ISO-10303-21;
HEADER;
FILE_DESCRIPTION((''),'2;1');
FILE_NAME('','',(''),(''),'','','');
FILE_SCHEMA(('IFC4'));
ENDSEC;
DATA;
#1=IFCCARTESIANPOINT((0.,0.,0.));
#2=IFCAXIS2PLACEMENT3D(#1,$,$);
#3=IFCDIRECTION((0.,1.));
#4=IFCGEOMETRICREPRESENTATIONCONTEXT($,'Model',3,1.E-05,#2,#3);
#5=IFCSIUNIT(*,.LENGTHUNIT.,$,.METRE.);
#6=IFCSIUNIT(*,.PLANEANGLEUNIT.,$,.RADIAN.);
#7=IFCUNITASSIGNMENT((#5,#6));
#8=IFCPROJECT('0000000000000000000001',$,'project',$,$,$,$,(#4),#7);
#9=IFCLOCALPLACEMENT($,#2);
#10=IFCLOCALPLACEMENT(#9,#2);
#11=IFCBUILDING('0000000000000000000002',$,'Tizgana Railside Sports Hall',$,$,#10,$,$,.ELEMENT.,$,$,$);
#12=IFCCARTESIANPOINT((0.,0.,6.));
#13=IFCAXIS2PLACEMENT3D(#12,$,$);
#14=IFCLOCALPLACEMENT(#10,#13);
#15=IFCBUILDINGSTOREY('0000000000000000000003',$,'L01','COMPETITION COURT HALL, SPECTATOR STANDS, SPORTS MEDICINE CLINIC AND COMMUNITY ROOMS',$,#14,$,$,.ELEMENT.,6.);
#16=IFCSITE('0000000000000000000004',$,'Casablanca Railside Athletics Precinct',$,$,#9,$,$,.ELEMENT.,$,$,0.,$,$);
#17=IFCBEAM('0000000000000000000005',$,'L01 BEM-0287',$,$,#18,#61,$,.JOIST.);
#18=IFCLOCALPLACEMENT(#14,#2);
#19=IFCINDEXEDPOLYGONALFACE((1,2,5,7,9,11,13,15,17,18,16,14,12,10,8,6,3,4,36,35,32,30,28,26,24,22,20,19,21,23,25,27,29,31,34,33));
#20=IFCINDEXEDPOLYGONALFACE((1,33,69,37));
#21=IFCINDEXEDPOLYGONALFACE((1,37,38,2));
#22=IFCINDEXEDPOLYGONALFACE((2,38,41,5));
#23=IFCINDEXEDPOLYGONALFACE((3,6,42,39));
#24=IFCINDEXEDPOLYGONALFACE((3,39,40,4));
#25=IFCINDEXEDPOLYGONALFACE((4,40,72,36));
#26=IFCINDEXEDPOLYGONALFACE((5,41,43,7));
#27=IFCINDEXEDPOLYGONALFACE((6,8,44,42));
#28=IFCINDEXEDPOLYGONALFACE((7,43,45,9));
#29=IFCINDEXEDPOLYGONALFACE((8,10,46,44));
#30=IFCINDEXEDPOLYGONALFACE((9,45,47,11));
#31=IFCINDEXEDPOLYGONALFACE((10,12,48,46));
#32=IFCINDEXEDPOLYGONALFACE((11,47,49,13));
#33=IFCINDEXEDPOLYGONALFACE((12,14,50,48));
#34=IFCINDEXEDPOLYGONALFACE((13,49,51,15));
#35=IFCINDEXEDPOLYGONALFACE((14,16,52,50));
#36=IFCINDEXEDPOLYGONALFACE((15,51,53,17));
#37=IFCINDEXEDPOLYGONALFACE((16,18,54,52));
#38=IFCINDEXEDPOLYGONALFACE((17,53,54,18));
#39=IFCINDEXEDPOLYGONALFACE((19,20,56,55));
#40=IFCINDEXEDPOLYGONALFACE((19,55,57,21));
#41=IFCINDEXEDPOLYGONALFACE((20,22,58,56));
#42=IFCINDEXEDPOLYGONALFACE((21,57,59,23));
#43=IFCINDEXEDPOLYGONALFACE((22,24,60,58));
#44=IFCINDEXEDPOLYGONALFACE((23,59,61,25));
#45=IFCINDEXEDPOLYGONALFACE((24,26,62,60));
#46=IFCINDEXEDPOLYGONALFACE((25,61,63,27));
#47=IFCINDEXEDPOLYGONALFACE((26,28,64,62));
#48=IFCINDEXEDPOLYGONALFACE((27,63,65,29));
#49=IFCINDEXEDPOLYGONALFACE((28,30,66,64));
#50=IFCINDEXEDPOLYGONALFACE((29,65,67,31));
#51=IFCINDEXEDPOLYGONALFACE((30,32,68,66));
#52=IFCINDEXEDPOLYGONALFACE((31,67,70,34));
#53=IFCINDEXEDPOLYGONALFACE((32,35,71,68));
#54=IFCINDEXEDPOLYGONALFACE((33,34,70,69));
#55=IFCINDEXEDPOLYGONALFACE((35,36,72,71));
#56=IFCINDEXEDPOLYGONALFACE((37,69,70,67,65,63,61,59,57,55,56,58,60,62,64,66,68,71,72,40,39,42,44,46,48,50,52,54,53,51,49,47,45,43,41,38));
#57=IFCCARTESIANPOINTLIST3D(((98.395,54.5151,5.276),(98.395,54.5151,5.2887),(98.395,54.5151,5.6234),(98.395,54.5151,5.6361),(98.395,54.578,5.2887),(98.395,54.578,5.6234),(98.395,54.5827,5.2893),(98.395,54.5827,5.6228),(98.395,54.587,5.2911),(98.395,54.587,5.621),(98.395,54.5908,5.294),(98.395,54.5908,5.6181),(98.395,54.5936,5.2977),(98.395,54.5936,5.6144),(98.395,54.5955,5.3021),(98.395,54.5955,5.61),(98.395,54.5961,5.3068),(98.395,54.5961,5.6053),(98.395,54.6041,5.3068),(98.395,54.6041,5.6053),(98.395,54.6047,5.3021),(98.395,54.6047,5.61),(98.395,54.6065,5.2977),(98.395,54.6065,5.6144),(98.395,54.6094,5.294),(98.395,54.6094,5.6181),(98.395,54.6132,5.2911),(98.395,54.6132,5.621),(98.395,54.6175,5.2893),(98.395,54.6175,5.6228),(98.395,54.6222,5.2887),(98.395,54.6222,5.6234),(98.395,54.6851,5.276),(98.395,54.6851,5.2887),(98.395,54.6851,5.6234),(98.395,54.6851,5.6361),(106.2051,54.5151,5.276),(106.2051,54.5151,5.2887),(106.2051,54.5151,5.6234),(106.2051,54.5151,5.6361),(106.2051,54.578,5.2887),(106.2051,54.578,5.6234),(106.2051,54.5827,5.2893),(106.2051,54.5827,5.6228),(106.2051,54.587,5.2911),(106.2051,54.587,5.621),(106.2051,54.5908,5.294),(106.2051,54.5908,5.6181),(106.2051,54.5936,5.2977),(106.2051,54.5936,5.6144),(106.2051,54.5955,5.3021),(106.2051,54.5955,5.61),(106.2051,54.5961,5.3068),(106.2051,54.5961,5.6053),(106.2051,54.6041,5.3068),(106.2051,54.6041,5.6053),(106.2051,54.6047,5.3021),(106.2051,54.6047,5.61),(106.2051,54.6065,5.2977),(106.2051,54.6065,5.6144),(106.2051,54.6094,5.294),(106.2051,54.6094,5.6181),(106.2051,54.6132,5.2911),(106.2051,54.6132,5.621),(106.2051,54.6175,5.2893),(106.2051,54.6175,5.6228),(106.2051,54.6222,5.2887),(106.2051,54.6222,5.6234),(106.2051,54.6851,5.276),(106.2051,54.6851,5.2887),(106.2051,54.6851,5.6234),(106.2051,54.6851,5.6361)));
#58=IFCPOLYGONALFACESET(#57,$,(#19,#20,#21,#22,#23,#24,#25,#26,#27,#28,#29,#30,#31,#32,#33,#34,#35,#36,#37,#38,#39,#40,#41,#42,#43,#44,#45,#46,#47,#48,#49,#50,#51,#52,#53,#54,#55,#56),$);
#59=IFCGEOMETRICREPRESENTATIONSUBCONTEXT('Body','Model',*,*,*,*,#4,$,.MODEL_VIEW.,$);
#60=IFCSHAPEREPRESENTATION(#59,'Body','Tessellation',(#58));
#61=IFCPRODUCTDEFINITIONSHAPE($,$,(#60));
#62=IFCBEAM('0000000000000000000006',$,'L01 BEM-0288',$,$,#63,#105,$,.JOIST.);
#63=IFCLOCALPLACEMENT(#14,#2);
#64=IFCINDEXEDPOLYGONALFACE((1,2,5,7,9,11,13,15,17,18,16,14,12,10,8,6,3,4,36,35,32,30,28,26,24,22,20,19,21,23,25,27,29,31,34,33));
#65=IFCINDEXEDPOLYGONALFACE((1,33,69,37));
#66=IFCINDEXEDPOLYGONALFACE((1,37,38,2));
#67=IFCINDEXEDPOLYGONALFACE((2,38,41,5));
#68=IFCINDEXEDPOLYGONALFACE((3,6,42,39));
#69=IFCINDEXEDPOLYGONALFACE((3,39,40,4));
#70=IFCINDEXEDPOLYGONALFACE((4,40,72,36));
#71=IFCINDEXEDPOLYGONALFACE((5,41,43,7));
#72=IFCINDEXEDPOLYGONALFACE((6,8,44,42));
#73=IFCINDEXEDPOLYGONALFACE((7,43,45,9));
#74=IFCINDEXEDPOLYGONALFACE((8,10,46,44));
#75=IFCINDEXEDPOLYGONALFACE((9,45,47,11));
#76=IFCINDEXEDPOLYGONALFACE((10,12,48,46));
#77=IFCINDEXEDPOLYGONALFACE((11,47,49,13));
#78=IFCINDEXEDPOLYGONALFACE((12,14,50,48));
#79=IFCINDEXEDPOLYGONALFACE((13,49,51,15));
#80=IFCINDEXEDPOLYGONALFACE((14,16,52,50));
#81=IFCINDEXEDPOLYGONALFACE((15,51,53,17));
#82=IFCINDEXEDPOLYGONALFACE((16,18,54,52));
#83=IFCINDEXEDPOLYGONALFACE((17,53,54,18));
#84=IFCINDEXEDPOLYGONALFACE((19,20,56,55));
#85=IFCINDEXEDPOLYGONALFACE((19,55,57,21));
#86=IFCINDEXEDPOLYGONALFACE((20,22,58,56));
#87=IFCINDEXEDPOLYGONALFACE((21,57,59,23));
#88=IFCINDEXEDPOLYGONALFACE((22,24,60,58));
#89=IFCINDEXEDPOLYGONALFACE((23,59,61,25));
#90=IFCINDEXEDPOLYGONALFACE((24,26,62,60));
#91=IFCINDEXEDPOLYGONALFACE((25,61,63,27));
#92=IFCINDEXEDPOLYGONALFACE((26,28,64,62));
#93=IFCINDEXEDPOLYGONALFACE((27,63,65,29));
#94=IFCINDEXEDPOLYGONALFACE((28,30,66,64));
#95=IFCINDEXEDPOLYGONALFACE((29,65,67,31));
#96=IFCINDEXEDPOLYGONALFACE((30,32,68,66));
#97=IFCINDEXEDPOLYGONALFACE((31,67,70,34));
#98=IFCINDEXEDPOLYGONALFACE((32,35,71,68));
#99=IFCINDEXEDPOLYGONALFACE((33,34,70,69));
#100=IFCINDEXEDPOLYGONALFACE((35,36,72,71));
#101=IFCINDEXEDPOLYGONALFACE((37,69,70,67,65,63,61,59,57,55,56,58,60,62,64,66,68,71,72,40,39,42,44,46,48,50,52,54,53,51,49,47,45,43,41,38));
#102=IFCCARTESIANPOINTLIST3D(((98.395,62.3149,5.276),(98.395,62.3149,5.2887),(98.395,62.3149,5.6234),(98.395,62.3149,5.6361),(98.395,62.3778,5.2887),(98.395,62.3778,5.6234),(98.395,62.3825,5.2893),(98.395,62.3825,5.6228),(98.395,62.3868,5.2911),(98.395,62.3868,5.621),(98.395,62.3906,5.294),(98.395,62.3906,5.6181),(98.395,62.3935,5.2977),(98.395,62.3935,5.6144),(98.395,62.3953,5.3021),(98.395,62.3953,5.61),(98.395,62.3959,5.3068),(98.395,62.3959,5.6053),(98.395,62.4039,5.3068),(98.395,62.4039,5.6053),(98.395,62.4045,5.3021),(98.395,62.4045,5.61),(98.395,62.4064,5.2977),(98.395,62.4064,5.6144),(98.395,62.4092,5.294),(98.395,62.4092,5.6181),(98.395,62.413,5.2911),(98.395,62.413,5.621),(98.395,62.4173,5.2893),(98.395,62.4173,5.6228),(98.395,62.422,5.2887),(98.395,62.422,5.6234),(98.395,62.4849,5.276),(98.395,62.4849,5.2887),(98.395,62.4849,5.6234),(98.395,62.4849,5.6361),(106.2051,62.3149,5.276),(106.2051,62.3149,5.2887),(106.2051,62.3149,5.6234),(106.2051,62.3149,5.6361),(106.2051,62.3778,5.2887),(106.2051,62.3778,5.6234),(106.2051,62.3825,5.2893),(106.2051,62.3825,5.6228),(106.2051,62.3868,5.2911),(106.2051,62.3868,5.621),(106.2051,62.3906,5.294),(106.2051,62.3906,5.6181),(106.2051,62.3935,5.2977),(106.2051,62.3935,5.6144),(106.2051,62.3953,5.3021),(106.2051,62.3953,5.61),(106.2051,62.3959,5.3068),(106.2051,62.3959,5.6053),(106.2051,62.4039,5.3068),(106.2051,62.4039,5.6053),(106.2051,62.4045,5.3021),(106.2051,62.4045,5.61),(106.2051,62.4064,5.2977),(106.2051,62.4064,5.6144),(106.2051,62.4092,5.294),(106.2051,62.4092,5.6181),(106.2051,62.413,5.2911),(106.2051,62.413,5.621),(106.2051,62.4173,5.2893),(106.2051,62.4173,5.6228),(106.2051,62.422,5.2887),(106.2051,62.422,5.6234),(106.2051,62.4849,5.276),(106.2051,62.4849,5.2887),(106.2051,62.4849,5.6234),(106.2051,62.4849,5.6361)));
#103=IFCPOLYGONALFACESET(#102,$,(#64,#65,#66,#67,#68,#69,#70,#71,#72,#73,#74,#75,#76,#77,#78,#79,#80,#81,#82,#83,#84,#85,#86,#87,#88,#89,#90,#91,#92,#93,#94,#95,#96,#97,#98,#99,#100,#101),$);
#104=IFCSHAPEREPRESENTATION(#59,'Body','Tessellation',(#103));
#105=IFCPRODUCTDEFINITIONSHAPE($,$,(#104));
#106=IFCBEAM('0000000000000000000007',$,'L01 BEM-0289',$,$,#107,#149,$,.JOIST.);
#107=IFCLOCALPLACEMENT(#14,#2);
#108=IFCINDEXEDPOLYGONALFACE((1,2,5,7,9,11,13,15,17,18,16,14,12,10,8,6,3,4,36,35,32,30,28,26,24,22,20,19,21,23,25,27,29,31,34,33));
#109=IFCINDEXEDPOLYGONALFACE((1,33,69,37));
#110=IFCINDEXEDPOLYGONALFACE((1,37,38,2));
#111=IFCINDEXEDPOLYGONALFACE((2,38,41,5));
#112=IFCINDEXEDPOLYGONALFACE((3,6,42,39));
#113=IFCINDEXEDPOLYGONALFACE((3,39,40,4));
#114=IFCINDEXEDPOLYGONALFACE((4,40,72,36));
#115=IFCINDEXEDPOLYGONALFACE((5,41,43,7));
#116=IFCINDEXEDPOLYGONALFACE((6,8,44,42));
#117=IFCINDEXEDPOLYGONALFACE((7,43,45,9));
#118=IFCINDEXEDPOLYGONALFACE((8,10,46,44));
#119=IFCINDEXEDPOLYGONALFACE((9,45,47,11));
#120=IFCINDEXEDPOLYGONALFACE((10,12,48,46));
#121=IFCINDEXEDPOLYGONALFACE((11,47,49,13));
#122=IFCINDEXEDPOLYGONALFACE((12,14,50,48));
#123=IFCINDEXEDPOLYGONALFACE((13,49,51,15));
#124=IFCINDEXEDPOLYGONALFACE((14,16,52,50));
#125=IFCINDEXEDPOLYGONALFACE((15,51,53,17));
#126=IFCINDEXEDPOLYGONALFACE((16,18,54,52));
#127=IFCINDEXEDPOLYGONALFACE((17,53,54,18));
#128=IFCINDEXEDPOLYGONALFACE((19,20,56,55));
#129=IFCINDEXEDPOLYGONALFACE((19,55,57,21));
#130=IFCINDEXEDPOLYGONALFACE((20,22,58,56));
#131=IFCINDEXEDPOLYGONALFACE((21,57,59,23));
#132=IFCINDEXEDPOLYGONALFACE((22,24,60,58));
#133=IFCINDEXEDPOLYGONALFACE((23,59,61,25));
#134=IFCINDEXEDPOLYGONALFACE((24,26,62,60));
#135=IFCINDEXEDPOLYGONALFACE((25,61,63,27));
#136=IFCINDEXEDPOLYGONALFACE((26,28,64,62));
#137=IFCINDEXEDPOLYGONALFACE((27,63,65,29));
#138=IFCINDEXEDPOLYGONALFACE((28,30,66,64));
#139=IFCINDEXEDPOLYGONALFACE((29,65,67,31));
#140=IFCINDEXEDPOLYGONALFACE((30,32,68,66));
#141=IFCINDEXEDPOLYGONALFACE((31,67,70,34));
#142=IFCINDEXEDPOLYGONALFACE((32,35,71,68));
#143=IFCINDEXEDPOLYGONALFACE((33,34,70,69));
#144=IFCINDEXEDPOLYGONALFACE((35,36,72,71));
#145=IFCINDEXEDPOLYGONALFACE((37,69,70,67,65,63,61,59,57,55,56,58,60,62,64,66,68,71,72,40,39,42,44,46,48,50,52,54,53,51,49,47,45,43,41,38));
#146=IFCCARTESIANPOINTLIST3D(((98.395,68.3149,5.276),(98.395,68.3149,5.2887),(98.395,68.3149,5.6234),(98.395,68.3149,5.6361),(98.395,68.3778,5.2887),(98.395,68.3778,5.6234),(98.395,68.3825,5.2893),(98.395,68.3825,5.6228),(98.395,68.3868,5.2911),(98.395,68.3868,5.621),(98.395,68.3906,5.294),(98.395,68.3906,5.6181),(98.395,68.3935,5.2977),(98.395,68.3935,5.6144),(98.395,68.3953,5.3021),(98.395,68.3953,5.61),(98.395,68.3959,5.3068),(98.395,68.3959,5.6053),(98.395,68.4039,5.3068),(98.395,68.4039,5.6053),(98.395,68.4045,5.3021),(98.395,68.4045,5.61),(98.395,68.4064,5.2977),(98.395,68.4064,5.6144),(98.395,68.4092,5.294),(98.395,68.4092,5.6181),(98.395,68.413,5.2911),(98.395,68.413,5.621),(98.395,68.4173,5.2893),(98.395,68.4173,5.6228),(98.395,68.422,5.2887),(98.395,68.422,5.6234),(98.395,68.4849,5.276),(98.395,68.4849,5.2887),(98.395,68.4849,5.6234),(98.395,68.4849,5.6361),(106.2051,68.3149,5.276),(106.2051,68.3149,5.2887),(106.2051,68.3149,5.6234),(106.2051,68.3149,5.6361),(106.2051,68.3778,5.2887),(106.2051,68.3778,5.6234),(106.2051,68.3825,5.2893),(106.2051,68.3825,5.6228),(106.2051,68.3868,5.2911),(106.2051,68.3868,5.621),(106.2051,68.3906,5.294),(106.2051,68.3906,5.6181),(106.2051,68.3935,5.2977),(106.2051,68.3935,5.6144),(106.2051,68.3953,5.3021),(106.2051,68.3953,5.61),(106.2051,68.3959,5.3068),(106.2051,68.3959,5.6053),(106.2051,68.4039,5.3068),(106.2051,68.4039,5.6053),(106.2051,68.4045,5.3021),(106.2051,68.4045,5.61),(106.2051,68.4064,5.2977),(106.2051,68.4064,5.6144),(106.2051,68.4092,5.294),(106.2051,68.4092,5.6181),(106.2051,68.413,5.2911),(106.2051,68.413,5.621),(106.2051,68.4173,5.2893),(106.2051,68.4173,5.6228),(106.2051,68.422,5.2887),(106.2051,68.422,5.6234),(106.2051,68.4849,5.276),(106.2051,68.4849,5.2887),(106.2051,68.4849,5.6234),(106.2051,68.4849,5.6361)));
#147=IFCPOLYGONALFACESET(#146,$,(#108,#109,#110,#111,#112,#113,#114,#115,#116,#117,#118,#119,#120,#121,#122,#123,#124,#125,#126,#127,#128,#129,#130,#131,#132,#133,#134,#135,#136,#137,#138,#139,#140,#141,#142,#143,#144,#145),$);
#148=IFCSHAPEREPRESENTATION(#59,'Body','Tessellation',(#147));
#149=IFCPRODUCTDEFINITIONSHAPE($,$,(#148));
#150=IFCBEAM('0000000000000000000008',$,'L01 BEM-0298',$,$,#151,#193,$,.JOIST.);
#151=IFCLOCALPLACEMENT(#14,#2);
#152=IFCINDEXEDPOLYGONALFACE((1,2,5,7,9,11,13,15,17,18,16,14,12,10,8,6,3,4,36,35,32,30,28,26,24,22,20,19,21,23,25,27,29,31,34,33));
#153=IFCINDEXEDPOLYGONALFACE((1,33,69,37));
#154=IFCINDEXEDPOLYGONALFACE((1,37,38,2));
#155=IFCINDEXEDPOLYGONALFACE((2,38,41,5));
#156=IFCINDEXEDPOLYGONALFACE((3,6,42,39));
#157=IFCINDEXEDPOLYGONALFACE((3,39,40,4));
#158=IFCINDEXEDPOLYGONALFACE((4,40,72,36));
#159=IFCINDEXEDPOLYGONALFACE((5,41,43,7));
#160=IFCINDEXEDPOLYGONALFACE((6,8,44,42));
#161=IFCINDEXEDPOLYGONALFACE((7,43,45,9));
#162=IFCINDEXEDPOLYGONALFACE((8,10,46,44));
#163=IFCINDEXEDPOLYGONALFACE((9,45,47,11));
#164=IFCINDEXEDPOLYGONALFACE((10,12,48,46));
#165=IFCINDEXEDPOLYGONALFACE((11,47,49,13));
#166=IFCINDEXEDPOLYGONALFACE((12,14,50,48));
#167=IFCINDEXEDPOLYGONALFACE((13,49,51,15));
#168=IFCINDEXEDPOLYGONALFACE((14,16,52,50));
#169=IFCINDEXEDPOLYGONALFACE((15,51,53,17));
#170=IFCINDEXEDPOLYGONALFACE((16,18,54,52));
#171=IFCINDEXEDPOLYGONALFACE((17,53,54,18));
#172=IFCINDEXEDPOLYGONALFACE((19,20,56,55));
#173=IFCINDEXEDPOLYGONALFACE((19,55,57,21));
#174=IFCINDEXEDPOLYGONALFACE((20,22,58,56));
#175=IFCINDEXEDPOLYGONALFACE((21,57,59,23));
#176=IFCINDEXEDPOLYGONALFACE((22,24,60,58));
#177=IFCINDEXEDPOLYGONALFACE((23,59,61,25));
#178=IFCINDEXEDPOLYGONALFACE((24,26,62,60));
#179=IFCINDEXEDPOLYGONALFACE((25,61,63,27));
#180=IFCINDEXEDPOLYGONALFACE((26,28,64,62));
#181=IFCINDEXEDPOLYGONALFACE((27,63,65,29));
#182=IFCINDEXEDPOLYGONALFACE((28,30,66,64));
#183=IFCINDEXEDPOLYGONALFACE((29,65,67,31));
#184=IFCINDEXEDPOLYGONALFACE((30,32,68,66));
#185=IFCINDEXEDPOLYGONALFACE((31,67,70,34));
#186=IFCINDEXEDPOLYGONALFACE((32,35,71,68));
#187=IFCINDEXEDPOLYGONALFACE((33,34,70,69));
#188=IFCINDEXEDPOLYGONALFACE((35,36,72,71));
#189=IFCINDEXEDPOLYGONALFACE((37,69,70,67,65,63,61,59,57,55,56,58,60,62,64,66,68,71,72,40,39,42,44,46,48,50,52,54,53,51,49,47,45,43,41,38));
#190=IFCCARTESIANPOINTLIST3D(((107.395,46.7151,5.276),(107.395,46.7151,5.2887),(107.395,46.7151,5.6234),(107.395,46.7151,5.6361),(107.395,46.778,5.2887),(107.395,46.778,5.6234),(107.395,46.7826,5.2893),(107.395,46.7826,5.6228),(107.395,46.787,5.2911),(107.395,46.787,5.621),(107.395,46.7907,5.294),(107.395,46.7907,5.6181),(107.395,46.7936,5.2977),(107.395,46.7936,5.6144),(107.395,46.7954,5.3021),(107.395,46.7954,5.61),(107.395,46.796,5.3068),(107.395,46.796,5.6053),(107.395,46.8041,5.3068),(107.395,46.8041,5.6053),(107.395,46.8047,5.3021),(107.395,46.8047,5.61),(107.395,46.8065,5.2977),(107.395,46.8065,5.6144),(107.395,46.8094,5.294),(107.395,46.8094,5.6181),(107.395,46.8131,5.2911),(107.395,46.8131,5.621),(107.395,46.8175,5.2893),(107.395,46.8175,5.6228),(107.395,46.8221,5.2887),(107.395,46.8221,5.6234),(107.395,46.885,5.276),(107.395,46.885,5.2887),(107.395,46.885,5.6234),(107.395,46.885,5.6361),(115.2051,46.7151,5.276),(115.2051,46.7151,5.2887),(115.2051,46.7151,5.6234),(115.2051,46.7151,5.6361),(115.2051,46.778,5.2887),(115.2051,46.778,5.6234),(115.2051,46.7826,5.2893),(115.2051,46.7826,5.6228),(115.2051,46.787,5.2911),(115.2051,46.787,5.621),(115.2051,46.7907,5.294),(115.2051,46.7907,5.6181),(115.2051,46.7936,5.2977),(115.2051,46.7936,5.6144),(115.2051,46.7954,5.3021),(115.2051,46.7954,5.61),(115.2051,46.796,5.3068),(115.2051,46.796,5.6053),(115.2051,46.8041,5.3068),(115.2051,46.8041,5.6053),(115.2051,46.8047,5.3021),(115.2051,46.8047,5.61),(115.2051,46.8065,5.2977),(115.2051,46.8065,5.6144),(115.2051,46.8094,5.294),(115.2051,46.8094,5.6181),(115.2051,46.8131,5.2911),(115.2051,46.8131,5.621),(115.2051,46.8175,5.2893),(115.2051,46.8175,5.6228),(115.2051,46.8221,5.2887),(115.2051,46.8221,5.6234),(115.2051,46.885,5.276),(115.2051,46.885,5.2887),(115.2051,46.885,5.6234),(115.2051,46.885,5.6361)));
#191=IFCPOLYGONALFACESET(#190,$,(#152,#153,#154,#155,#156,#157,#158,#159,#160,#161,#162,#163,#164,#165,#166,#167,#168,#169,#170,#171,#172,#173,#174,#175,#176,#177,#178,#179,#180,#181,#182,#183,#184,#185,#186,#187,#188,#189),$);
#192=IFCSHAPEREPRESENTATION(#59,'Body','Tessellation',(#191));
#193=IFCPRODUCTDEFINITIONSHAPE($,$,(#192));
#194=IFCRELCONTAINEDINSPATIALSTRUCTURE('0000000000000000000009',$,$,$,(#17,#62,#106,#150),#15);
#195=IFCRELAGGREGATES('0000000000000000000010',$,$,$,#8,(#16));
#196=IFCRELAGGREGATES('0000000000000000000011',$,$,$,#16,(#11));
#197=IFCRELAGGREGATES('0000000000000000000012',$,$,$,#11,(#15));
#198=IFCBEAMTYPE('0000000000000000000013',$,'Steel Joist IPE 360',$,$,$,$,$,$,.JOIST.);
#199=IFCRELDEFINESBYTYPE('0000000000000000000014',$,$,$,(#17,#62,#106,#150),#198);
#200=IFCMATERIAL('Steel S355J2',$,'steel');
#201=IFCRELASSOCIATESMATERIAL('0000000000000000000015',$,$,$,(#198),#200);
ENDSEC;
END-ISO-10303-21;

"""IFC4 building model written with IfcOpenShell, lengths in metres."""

from ifc_helpers import new_model, si_unit, direction, frame, origin, origin_2d, place, context, subcontext, project, spatial, i_section, extrude, material, material_profile, profile_set, type_object, element, save


model = new_model("IFC4")

# Units and contexts
model_context = context("Model", 3, precision=1e-05, world=origin(), true_north=direction((0.0, 1.0)))
body_context = subcontext(model_context, "Body", "Model", "MODEL_VIEW")
ifc_project = project(units=[si_unit("LENGTHUNIT", "METRE"), si_unit("PLANEANGLEUNIT", "RADIAN")], contexts=[model_context])

# Site, building, storey
site_placement = place(None, origin())
site = spatial("IfcSite", under=ifc_project, at=site_placement, Name="Casablanca Railside Athletics Precinct", CompositionType="ELEMENT", RefElevation=0.0)
building_placement = place(site_placement, origin())
building = spatial("IfcBuilding", under=site, at=building_placement, Name="Tizgana Railside Sports Hall", CompositionType="ELEMENT")
storey_placement = place(building_placement, frame((0.0, 0.0, 6.0)))
storey = spatial("IfcBuildingStorey", under=building, at=storey_placement, Name="L01", Description="COMPETITION COURT HALL, SPECTATOR STANDS, SPORTS MEDICINE CLINIC AND COMMUNITY ROOMS", CompositionType="ELEMENT", Elevation=6.0)

# Beams
ifc_material = material(Name="Steel S355J2", Category="steel")
ifc_material_profile_1 = material_profile(ifc_material, i_section(OverallWidth=0.1699, OverallDepth=0.3601, WebThickness=0.0081, FlangeThickness=0.0127, FilletRadius=0.0181, at=origin_2d()), Name="IPE 360")
ifc_profile_set_1 = profile_set([ifc_material_profile_1], Name="Steel S355J2")
beam_type_1 = type_object("IfcBeamType", Name="Steel Joist IPE 360", PredefinedType="JOIST", material=ifc_profile_set_1)
for number, where, z_axis, x_axis, name in (
    (1, (98.395, 54.6001, 5.4561), (1.0, 0.0, 0.0), (0.0, 1.0, 0.0), "L01 BEM-0287"),
    (2, (98.395, 62.3999, 5.4561), (1.0, 0.0, 0.0), (0.0, 1.0, 0.0), "L01 BEM-0288"),
    (3, (98.395, 68.3999, 5.4561), (1.0, 0.0, 0.0), (0.0, 1.0, 0.0), "L01 BEM-0289"),
    (4, (107.395, 46.8, 5.4561), (1.0, 0.0, 0.0), (0.0, 1.0, 0.0), "L01 BEM-0298"),
):
    element("IfcBeam", number, at=place(storey_placement, frame(where, z_axis=z_axis, x_axis=x_axis)), inside=storey, type_object=beam_type_1, Name=name, PredefinedType="JOIST", context=body_context, shape_type="SweptSolid", body=[
        extrude(i_section(OverallWidth=0.1699, OverallDepth=0.3601, WebThickness=0.0081, FlangeThickness=0.0127, FilletRadius=0.0181, at=origin_2d()), origin(), (0.0, 0.0, 1.0), 7.8101),
    ])

save(model, "model.ifc")
